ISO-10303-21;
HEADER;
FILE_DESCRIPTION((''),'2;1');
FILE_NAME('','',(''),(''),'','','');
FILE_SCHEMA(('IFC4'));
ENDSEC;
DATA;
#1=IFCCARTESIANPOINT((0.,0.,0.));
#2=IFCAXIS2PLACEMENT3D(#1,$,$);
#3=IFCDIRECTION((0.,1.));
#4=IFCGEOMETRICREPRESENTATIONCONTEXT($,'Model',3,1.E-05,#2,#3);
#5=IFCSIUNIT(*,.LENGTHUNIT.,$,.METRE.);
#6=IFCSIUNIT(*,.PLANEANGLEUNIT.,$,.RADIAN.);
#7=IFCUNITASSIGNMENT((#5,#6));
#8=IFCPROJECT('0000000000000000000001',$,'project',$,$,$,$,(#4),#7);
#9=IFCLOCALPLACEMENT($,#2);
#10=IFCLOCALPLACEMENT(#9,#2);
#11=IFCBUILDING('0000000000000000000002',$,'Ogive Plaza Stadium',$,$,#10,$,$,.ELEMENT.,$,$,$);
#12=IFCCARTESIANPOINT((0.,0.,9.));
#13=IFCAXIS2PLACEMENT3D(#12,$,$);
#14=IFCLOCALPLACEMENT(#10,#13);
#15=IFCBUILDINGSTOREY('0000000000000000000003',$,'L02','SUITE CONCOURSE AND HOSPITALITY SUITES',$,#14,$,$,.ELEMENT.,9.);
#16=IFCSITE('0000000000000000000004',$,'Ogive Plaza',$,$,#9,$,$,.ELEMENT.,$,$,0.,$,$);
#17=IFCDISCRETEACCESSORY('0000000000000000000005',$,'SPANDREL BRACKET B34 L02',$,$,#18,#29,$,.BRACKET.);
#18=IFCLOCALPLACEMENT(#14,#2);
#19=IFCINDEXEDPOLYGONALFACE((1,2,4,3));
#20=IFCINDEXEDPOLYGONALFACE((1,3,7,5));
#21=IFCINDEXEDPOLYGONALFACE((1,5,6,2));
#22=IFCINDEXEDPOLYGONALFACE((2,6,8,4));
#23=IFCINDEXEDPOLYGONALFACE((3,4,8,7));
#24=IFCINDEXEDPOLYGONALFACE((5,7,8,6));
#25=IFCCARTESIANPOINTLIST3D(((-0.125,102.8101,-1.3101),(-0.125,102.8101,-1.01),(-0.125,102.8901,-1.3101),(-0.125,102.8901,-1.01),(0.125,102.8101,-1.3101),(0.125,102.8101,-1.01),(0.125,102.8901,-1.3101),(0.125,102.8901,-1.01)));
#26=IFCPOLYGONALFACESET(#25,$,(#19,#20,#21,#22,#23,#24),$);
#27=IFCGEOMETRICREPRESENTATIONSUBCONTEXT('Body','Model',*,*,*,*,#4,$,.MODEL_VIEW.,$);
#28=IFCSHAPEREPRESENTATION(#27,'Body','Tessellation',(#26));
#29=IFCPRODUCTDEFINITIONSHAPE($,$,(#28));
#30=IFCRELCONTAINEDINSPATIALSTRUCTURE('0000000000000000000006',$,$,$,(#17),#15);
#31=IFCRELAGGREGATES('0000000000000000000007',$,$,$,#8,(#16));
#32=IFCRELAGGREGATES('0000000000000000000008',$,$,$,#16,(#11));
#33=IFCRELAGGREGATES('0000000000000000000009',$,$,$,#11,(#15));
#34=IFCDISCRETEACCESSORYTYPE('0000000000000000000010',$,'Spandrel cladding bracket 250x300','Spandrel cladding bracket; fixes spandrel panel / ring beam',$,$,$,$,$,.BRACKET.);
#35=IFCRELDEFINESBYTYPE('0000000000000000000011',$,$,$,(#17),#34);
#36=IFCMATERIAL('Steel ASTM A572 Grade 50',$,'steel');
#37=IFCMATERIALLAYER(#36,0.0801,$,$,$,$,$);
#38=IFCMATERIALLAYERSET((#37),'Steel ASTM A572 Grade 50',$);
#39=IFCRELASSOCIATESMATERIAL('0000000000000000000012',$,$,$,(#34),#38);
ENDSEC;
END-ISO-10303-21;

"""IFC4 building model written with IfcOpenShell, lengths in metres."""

from ifc_helpers import new_model, si_unit, direction, frame, origin, origin_2d, place, context, subcontext, project, spatial, rectangle, extrude, material, layer, layer_set, type_object, element, save


model = new_model("IFC4")

# Units and contexts
model_context = context("Model", 3, precision=1e-05, world=origin(), true_north=direction((0.0, 1.0)))
body_context = subcontext(model_context, "Body", "Model", "MODEL_VIEW")
ifc_project = project(units=[si_unit("LENGTHUNIT", "METRE"), si_unit("PLANEANGLEUNIT", "RADIAN")], contexts=[model_context])

# Site, building, storey
site_placement = place(None, origin())
site = spatial("IfcSite", under=ifc_project, at=site_placement, Name="Ogive Plaza", CompositionType="ELEMENT", RefElevation=0.0)
building_placement = place(site_placement, origin())
building = spatial("IfcBuilding", under=site, at=building_placement, Name="Ogive Plaza Stadium", CompositionType="ELEMENT")
storey_placement = place(building_placement, frame((0.0, 0.0, 9.0)))
storey = spatial("IfcBuildingStorey", under=building, at=storey_placement, Name="L02", Description="SUITE CONCOURSE AND HOSPITALITY SUITES", CompositionType="ELEMENT", Elevation=9.0)

# Discrete accessory
ifc_material_1 = material(Name="Steel ASTM A572 Grade 50", Category="steel")
ifc_layer_1 = layer(ifc_material_1, 0.0801)
ifc_layer_set_1 = layer_set([ifc_layer_1], Name="Steel ASTM A572 Grade 50")
discrete_accessory_type = type_object("IfcDiscreteAccessoryType", Name="Spandrel cladding bracket 250x300", Description="Spandrel cladding bracket; fixes spandrel panel / ring beam", PredefinedType="BRACKET", material=ifc_layer_set_1)
discrete_accessory_placement = place(storey_placement, frame((0.0, 102.8501, -1.3101), z_axis=(0.0, 0.0, 1.0), x_axis=(1.0, 0.0, 0.0)))
element("IfcDiscreteAccessory", 1, at=discrete_accessory_placement, inside=storey, type_object=discrete_accessory_type, Name="SPANDREL BRACKET B34 L02", PredefinedType="BRACKET", context=body_context, shape_type="SweptSolid", body=[
    extrude(rectangle(XDim=0.25, YDim=0.0801, at=origin_2d()), origin(), (0.0, 0.0, 1.0), 0.3),
])

save(model, "model.ifc")
